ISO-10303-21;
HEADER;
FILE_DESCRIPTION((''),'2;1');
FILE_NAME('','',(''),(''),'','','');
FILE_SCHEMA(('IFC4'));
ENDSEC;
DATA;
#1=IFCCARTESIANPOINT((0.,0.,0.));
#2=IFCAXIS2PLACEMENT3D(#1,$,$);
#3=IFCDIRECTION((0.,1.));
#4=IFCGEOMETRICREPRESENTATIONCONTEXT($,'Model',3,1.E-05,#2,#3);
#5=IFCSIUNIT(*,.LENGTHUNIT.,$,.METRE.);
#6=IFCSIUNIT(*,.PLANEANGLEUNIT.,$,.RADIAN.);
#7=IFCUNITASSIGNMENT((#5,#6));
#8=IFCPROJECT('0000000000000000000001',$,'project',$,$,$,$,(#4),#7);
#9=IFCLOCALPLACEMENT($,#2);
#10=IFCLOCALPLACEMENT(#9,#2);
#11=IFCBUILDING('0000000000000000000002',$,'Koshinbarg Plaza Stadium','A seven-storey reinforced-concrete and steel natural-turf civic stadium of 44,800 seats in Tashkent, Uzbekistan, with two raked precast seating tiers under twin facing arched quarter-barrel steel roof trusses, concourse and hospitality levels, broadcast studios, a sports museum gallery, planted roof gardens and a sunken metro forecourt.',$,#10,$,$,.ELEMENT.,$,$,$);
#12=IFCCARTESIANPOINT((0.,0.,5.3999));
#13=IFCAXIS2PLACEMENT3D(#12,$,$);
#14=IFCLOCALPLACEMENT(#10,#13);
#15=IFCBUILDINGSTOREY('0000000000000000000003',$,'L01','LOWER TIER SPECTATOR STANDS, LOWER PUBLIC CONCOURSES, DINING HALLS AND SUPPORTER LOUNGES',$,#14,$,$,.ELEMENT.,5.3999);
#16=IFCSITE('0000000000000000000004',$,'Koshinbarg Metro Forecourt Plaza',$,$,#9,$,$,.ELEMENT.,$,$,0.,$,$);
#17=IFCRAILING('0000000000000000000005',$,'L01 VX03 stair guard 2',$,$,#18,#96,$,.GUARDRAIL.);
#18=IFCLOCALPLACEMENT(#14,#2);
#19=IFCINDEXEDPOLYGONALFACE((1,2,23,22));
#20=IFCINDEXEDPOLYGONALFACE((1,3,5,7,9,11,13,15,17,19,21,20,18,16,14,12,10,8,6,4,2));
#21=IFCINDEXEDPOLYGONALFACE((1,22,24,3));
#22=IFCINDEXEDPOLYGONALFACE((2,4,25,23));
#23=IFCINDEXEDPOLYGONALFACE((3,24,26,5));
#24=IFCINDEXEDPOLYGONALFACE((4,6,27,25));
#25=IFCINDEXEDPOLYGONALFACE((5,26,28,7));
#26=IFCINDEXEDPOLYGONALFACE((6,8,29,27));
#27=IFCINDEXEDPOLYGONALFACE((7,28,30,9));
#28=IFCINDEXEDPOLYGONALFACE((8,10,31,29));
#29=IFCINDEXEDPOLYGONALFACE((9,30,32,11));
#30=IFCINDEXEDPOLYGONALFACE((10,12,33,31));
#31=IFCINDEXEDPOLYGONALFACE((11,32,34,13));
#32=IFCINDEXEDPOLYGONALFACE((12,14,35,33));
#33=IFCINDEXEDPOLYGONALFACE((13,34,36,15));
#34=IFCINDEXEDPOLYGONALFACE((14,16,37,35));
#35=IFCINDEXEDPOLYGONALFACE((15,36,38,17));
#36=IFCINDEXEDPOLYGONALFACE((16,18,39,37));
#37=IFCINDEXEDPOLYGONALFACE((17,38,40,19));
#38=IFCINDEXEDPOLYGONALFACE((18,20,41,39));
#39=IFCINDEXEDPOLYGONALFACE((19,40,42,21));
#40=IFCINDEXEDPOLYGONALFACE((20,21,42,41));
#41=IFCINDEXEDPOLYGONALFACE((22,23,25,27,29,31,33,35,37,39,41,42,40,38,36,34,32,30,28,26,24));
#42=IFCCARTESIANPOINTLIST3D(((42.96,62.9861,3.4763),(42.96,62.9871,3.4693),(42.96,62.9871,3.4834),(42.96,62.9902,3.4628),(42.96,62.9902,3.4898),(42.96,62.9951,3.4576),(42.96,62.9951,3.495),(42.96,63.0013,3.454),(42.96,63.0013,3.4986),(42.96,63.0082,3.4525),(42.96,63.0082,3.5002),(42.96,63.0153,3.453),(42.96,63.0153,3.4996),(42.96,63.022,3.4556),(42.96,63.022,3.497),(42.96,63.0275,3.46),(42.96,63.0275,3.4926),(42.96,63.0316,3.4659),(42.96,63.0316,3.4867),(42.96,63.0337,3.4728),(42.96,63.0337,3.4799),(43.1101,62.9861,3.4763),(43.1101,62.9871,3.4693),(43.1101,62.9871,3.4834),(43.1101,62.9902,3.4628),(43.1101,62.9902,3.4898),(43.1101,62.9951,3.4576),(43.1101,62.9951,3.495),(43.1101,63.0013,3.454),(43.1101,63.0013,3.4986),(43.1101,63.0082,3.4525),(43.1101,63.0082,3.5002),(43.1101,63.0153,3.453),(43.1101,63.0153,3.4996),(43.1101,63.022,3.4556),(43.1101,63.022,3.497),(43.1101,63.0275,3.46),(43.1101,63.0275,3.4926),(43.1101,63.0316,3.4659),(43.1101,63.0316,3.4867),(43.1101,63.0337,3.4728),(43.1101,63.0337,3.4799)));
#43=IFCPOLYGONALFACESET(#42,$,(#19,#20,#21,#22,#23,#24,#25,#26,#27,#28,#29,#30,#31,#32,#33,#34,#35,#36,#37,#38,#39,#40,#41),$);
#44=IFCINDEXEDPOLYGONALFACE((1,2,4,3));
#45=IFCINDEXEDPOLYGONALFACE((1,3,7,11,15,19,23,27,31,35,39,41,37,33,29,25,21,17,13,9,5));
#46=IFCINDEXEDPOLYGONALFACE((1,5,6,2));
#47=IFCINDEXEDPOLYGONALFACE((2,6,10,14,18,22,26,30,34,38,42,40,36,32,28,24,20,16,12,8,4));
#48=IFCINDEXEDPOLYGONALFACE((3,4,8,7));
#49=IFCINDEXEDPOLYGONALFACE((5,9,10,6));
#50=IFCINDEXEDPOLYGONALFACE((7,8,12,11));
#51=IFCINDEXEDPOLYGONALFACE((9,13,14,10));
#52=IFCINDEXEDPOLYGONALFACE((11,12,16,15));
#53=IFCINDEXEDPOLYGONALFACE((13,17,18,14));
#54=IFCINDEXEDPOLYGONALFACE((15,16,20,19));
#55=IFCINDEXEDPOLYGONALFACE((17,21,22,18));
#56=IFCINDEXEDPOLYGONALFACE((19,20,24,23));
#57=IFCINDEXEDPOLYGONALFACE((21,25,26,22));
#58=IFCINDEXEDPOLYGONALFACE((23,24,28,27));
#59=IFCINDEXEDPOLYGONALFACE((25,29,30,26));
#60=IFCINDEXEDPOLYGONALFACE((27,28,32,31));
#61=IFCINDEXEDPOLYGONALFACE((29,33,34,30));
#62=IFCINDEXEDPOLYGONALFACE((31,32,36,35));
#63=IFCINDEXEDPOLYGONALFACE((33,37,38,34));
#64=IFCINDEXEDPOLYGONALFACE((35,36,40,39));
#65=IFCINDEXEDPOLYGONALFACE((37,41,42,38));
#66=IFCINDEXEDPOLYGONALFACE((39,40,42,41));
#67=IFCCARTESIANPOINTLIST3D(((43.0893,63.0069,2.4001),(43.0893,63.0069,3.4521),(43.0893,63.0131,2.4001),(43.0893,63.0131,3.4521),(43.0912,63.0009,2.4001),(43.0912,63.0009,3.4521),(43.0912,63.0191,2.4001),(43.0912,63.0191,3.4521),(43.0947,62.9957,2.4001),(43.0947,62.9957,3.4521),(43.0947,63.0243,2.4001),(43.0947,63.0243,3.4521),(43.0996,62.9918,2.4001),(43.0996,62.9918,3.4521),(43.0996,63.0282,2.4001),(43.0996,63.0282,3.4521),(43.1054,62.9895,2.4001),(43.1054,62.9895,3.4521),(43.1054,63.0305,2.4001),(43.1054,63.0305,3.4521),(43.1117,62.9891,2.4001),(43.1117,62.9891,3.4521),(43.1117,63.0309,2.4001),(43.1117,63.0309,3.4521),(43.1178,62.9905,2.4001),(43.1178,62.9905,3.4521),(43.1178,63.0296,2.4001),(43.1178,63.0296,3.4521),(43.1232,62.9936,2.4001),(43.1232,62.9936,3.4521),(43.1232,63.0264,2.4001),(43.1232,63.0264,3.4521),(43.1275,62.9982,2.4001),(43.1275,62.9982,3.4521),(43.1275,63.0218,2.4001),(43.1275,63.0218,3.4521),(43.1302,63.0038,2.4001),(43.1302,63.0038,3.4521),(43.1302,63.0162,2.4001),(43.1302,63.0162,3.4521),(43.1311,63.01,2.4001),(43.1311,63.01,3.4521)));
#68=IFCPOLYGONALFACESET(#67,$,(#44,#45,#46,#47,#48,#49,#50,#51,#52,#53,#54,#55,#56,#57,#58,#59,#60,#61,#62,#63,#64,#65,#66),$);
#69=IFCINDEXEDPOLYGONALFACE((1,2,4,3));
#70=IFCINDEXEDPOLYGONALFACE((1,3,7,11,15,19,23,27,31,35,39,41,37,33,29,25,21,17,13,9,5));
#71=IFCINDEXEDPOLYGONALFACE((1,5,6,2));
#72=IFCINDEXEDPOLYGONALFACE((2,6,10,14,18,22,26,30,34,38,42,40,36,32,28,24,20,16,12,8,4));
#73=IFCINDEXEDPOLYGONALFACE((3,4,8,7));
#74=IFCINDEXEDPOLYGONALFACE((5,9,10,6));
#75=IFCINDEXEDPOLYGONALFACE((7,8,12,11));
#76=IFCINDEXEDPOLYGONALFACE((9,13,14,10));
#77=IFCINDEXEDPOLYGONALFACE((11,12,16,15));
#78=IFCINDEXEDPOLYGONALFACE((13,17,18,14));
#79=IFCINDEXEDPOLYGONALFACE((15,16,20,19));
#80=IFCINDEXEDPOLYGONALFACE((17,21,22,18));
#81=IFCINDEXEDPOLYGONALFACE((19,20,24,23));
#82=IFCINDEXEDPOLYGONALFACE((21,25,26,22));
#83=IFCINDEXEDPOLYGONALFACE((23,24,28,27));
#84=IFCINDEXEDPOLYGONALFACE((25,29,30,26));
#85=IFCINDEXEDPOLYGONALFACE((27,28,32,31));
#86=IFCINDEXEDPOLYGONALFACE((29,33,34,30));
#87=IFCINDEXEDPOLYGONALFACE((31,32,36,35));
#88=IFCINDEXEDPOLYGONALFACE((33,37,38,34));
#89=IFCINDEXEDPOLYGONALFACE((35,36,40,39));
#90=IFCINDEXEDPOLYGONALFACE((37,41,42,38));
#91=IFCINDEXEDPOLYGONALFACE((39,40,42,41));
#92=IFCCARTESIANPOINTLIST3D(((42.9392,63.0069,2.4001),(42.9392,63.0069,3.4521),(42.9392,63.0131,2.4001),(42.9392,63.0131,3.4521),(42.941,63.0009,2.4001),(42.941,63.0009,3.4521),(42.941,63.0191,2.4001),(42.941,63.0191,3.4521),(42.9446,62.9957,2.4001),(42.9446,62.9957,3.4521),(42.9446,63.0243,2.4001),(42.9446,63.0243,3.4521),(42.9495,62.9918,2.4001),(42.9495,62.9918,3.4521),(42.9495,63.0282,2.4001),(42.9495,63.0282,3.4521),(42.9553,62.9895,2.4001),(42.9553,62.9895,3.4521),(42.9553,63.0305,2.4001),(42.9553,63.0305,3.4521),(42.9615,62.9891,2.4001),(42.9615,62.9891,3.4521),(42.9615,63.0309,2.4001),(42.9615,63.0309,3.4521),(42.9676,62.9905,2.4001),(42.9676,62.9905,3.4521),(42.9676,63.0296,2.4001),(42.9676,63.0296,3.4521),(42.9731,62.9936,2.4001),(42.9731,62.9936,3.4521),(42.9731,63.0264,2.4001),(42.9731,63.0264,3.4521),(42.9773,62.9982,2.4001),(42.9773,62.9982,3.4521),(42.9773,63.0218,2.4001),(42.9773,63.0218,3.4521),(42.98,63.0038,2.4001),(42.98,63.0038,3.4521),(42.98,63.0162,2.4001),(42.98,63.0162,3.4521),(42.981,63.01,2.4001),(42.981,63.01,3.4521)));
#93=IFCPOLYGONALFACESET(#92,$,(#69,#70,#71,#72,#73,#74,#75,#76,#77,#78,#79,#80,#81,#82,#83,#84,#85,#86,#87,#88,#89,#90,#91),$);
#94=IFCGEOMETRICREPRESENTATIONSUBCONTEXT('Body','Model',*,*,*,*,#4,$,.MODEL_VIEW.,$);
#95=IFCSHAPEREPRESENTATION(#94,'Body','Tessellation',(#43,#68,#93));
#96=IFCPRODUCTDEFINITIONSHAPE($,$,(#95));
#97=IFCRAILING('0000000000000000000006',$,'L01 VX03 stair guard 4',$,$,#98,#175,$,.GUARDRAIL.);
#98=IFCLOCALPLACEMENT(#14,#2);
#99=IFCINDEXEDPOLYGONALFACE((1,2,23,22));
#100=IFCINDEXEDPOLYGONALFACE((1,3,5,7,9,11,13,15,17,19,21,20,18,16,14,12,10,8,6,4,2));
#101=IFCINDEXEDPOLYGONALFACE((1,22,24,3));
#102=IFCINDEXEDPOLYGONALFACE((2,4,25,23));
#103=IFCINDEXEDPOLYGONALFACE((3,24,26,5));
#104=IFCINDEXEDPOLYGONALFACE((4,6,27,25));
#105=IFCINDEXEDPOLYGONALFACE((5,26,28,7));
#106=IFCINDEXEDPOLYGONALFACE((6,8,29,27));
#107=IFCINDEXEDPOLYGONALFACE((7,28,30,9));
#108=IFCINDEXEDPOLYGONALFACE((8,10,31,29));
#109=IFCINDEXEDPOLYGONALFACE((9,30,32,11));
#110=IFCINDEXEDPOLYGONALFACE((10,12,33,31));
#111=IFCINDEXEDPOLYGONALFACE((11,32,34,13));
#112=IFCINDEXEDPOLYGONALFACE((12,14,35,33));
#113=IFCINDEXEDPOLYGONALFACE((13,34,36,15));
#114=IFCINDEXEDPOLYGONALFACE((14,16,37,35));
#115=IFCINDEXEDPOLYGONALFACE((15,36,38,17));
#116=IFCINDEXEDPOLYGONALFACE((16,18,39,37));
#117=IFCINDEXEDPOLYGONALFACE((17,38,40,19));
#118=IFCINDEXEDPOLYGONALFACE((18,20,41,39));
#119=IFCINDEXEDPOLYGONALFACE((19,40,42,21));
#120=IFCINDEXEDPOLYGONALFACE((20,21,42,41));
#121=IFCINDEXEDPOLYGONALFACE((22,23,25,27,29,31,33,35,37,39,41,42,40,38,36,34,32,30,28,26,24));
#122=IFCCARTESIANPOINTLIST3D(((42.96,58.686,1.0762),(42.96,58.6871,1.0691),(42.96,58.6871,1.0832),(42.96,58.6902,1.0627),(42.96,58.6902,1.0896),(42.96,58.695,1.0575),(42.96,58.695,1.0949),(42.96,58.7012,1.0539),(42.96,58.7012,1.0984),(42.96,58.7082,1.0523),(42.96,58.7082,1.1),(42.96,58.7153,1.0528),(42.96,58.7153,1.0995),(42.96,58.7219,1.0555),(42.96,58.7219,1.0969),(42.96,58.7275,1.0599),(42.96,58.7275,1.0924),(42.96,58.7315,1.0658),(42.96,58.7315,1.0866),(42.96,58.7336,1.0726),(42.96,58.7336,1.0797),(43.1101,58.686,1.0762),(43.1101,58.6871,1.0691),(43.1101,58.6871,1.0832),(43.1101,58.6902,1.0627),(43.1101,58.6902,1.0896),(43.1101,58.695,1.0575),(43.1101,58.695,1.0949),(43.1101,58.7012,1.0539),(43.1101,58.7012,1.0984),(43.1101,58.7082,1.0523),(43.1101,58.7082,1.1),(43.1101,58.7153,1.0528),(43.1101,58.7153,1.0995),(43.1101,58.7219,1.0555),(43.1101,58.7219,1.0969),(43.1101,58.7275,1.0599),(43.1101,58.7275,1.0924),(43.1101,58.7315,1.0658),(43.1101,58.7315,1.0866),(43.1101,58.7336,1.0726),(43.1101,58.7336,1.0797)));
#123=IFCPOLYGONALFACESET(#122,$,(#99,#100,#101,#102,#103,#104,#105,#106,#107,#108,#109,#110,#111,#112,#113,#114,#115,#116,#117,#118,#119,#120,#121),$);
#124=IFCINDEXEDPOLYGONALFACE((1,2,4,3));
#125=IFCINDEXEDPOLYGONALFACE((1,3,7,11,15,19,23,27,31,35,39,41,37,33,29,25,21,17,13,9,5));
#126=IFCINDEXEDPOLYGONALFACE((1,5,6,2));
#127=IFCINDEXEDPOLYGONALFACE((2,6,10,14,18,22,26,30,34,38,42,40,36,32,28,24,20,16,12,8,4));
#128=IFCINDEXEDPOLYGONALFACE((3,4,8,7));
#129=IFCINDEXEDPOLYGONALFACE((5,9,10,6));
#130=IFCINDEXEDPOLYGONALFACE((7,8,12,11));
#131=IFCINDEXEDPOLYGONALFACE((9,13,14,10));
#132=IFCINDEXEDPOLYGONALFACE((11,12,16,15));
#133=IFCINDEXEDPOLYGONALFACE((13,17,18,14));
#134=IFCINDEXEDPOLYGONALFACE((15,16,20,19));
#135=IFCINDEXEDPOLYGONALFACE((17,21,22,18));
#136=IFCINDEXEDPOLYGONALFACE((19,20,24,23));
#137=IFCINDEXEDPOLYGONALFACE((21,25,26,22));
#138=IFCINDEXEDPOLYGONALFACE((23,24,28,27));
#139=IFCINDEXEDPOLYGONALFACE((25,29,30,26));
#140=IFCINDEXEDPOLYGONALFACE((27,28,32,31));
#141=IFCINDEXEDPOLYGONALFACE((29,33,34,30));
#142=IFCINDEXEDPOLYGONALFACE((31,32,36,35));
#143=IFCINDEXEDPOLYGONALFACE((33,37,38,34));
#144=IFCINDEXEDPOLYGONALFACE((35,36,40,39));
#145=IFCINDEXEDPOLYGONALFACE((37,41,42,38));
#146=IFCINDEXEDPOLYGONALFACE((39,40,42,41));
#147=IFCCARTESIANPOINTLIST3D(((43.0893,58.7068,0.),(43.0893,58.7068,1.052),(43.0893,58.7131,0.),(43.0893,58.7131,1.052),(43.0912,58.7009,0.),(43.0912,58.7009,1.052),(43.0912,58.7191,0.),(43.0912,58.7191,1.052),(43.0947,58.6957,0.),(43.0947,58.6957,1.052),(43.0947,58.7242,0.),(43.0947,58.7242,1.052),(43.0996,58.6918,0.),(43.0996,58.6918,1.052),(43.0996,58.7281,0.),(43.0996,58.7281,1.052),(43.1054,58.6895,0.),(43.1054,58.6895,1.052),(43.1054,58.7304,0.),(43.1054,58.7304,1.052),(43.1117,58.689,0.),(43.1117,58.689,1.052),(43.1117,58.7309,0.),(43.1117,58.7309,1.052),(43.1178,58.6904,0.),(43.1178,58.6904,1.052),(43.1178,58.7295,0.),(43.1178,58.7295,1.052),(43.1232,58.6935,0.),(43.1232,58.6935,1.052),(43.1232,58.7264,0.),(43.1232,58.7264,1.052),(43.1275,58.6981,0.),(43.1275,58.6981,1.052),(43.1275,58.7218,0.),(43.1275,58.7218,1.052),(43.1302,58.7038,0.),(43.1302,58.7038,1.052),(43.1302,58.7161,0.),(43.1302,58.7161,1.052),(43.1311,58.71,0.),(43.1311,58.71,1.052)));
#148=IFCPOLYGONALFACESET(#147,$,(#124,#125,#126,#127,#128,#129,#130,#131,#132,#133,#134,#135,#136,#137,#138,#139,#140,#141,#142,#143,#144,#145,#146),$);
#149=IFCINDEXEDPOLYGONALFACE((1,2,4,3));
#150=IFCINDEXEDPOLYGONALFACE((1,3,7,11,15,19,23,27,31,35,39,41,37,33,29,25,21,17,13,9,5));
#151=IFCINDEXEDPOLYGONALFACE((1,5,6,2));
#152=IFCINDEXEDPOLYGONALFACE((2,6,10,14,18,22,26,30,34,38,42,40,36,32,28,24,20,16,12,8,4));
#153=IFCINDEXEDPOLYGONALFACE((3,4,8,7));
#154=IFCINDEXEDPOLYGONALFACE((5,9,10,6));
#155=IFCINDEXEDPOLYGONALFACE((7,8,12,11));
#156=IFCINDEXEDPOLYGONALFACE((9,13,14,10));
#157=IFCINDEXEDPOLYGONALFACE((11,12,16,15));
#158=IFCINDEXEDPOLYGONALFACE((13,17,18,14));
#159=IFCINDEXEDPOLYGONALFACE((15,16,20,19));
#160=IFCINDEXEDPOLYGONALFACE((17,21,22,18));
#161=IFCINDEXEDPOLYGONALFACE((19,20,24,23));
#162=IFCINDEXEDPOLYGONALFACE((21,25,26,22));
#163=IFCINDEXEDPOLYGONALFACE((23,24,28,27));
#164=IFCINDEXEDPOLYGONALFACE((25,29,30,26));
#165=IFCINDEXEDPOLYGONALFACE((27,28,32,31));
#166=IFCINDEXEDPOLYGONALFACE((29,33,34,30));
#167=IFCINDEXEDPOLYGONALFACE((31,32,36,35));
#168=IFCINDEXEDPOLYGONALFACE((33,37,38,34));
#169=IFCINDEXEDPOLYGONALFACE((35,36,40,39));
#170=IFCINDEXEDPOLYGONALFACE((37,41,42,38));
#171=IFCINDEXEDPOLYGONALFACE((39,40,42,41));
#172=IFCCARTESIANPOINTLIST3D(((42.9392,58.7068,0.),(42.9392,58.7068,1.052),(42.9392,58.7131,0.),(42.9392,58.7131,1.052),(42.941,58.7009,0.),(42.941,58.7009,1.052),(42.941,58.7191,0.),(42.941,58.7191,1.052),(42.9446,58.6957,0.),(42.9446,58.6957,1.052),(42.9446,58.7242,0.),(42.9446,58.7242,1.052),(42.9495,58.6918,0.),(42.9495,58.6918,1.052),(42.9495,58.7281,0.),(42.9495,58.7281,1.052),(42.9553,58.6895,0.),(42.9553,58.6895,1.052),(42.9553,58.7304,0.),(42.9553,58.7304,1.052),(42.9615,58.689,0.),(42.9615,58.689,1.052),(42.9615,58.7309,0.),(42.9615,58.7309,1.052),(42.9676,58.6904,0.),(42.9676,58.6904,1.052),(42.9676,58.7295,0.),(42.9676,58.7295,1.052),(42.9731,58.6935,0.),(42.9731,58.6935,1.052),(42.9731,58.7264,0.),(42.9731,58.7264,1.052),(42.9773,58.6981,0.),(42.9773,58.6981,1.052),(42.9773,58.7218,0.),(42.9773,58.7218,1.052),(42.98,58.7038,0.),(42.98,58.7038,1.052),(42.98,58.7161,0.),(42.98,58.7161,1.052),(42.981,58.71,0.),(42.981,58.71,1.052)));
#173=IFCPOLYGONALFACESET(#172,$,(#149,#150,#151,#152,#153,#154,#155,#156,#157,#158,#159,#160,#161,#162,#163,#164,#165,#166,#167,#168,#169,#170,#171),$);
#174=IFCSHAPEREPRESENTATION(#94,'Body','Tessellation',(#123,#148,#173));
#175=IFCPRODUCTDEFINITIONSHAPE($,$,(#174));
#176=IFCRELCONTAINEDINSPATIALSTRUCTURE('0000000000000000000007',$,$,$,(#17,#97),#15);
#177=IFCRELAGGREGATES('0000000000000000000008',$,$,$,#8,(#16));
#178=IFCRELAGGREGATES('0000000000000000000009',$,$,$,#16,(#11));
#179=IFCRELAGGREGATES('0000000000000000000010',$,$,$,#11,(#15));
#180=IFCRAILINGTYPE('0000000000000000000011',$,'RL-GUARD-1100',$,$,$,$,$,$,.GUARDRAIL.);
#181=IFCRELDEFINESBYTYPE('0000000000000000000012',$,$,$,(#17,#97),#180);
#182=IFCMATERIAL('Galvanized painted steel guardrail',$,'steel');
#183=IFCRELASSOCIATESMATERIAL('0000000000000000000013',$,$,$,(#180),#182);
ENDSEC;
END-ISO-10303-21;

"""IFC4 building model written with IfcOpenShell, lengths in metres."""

from ifc_helpers import new_model, si_unit, direction, frame, origin, origin_2d, place, context, subcontext, project, spatial, circle, extrude, material, type_object, element, save


model = new_model("IFC4")

# Units and contexts
model_context = context("Model", 3, precision=1e-05, world=origin(), true_north=direction((0.0, 1.0)))
body_context = subcontext(model_context, "Body", "Model", "MODEL_VIEW")
ifc_project = project(units=[si_unit("LENGTHUNIT", "METRE"), si_unit("PLANEANGLEUNIT", "RADIAN")], contexts=[model_context])

# Site, building, storey
site_placement = place(None, origin())
site = spatial("IfcSite", under=ifc_project, at=site_placement, Name="Koshinbarg Metro Forecourt Plaza", CompositionType="ELEMENT", RefElevation=0.0)
building_placement = place(site_placement, origin())
building = spatial("IfcBuilding", under=site, at=building_placement, Name="Koshinbarg Plaza Stadium", Description="A seven-storey reinforced-concrete and steel natural-turf civic stadium of 44,800 seats in Tashkent, Uzbekistan, with two raked precast seating tiers under twin facing arched quarter-barrel steel roof trusses, concourse and hospitality levels, broadcast studios, a sports museum gallery, planted roof gardens and a sunken metro forecourt.", CompositionType="ELEMENT")
storey_placement = place(building_placement, frame((0.0, 0.0, 5.3999)))
storey = spatial("IfcBuildingStorey", under=building, at=storey_placement, Name="L01", Description="LOWER TIER SPECTATOR STANDS, LOWER PUBLIC CONCOURSES, DINING HALLS AND SUPPORTER LOUNGES", CompositionType="ELEMENT", Elevation=5.3999)

# Railings
ifc_material_1 = material(Name="Galvanized painted steel guardrail", Category="steel")
railing_type_1 = type_object("IfcRailingType", Name="RL-GUARD-1100", PredefinedType="GUARDRAIL", material=ifc_material_1)
for number, where, name in (
    (1, (43.1101, 63.01, 2.4001), "L01 VX03 stair guard 2"),
    (2, (43.1101, 58.71, 0.0), "L01 VX03 stair guard 4"),
):
    element("IfcRailing", number, at=place(storey_placement, frame(where)), inside=storey, type_object=railing_type_1, Name=name, PredefinedType="GUARDRAIL", context=body_context, shape_type="SweptSolid", body=[
        extrude(circle(Radius=0.0239, at=origin_2d()), frame((0.0, 0.0, 1.0762), z_axis=(-1.0, 0.0, 0.0), x_axis=(0.0, -1.0, 0.0)), (0.0, 0.0, 1.0), 0.1501),
        extrude(circle(Radius=0.021, at=origin_2d()), origin(), (0.0, 0.0, 1.0), 1.052),
        extrude(circle(Radius=0.021, at=origin_2d()), frame((-0.1501, 0.0, 0.0)), (0.0, 0.0, 1.0), 1.052),
    ])

save(model, "model.ifc")
